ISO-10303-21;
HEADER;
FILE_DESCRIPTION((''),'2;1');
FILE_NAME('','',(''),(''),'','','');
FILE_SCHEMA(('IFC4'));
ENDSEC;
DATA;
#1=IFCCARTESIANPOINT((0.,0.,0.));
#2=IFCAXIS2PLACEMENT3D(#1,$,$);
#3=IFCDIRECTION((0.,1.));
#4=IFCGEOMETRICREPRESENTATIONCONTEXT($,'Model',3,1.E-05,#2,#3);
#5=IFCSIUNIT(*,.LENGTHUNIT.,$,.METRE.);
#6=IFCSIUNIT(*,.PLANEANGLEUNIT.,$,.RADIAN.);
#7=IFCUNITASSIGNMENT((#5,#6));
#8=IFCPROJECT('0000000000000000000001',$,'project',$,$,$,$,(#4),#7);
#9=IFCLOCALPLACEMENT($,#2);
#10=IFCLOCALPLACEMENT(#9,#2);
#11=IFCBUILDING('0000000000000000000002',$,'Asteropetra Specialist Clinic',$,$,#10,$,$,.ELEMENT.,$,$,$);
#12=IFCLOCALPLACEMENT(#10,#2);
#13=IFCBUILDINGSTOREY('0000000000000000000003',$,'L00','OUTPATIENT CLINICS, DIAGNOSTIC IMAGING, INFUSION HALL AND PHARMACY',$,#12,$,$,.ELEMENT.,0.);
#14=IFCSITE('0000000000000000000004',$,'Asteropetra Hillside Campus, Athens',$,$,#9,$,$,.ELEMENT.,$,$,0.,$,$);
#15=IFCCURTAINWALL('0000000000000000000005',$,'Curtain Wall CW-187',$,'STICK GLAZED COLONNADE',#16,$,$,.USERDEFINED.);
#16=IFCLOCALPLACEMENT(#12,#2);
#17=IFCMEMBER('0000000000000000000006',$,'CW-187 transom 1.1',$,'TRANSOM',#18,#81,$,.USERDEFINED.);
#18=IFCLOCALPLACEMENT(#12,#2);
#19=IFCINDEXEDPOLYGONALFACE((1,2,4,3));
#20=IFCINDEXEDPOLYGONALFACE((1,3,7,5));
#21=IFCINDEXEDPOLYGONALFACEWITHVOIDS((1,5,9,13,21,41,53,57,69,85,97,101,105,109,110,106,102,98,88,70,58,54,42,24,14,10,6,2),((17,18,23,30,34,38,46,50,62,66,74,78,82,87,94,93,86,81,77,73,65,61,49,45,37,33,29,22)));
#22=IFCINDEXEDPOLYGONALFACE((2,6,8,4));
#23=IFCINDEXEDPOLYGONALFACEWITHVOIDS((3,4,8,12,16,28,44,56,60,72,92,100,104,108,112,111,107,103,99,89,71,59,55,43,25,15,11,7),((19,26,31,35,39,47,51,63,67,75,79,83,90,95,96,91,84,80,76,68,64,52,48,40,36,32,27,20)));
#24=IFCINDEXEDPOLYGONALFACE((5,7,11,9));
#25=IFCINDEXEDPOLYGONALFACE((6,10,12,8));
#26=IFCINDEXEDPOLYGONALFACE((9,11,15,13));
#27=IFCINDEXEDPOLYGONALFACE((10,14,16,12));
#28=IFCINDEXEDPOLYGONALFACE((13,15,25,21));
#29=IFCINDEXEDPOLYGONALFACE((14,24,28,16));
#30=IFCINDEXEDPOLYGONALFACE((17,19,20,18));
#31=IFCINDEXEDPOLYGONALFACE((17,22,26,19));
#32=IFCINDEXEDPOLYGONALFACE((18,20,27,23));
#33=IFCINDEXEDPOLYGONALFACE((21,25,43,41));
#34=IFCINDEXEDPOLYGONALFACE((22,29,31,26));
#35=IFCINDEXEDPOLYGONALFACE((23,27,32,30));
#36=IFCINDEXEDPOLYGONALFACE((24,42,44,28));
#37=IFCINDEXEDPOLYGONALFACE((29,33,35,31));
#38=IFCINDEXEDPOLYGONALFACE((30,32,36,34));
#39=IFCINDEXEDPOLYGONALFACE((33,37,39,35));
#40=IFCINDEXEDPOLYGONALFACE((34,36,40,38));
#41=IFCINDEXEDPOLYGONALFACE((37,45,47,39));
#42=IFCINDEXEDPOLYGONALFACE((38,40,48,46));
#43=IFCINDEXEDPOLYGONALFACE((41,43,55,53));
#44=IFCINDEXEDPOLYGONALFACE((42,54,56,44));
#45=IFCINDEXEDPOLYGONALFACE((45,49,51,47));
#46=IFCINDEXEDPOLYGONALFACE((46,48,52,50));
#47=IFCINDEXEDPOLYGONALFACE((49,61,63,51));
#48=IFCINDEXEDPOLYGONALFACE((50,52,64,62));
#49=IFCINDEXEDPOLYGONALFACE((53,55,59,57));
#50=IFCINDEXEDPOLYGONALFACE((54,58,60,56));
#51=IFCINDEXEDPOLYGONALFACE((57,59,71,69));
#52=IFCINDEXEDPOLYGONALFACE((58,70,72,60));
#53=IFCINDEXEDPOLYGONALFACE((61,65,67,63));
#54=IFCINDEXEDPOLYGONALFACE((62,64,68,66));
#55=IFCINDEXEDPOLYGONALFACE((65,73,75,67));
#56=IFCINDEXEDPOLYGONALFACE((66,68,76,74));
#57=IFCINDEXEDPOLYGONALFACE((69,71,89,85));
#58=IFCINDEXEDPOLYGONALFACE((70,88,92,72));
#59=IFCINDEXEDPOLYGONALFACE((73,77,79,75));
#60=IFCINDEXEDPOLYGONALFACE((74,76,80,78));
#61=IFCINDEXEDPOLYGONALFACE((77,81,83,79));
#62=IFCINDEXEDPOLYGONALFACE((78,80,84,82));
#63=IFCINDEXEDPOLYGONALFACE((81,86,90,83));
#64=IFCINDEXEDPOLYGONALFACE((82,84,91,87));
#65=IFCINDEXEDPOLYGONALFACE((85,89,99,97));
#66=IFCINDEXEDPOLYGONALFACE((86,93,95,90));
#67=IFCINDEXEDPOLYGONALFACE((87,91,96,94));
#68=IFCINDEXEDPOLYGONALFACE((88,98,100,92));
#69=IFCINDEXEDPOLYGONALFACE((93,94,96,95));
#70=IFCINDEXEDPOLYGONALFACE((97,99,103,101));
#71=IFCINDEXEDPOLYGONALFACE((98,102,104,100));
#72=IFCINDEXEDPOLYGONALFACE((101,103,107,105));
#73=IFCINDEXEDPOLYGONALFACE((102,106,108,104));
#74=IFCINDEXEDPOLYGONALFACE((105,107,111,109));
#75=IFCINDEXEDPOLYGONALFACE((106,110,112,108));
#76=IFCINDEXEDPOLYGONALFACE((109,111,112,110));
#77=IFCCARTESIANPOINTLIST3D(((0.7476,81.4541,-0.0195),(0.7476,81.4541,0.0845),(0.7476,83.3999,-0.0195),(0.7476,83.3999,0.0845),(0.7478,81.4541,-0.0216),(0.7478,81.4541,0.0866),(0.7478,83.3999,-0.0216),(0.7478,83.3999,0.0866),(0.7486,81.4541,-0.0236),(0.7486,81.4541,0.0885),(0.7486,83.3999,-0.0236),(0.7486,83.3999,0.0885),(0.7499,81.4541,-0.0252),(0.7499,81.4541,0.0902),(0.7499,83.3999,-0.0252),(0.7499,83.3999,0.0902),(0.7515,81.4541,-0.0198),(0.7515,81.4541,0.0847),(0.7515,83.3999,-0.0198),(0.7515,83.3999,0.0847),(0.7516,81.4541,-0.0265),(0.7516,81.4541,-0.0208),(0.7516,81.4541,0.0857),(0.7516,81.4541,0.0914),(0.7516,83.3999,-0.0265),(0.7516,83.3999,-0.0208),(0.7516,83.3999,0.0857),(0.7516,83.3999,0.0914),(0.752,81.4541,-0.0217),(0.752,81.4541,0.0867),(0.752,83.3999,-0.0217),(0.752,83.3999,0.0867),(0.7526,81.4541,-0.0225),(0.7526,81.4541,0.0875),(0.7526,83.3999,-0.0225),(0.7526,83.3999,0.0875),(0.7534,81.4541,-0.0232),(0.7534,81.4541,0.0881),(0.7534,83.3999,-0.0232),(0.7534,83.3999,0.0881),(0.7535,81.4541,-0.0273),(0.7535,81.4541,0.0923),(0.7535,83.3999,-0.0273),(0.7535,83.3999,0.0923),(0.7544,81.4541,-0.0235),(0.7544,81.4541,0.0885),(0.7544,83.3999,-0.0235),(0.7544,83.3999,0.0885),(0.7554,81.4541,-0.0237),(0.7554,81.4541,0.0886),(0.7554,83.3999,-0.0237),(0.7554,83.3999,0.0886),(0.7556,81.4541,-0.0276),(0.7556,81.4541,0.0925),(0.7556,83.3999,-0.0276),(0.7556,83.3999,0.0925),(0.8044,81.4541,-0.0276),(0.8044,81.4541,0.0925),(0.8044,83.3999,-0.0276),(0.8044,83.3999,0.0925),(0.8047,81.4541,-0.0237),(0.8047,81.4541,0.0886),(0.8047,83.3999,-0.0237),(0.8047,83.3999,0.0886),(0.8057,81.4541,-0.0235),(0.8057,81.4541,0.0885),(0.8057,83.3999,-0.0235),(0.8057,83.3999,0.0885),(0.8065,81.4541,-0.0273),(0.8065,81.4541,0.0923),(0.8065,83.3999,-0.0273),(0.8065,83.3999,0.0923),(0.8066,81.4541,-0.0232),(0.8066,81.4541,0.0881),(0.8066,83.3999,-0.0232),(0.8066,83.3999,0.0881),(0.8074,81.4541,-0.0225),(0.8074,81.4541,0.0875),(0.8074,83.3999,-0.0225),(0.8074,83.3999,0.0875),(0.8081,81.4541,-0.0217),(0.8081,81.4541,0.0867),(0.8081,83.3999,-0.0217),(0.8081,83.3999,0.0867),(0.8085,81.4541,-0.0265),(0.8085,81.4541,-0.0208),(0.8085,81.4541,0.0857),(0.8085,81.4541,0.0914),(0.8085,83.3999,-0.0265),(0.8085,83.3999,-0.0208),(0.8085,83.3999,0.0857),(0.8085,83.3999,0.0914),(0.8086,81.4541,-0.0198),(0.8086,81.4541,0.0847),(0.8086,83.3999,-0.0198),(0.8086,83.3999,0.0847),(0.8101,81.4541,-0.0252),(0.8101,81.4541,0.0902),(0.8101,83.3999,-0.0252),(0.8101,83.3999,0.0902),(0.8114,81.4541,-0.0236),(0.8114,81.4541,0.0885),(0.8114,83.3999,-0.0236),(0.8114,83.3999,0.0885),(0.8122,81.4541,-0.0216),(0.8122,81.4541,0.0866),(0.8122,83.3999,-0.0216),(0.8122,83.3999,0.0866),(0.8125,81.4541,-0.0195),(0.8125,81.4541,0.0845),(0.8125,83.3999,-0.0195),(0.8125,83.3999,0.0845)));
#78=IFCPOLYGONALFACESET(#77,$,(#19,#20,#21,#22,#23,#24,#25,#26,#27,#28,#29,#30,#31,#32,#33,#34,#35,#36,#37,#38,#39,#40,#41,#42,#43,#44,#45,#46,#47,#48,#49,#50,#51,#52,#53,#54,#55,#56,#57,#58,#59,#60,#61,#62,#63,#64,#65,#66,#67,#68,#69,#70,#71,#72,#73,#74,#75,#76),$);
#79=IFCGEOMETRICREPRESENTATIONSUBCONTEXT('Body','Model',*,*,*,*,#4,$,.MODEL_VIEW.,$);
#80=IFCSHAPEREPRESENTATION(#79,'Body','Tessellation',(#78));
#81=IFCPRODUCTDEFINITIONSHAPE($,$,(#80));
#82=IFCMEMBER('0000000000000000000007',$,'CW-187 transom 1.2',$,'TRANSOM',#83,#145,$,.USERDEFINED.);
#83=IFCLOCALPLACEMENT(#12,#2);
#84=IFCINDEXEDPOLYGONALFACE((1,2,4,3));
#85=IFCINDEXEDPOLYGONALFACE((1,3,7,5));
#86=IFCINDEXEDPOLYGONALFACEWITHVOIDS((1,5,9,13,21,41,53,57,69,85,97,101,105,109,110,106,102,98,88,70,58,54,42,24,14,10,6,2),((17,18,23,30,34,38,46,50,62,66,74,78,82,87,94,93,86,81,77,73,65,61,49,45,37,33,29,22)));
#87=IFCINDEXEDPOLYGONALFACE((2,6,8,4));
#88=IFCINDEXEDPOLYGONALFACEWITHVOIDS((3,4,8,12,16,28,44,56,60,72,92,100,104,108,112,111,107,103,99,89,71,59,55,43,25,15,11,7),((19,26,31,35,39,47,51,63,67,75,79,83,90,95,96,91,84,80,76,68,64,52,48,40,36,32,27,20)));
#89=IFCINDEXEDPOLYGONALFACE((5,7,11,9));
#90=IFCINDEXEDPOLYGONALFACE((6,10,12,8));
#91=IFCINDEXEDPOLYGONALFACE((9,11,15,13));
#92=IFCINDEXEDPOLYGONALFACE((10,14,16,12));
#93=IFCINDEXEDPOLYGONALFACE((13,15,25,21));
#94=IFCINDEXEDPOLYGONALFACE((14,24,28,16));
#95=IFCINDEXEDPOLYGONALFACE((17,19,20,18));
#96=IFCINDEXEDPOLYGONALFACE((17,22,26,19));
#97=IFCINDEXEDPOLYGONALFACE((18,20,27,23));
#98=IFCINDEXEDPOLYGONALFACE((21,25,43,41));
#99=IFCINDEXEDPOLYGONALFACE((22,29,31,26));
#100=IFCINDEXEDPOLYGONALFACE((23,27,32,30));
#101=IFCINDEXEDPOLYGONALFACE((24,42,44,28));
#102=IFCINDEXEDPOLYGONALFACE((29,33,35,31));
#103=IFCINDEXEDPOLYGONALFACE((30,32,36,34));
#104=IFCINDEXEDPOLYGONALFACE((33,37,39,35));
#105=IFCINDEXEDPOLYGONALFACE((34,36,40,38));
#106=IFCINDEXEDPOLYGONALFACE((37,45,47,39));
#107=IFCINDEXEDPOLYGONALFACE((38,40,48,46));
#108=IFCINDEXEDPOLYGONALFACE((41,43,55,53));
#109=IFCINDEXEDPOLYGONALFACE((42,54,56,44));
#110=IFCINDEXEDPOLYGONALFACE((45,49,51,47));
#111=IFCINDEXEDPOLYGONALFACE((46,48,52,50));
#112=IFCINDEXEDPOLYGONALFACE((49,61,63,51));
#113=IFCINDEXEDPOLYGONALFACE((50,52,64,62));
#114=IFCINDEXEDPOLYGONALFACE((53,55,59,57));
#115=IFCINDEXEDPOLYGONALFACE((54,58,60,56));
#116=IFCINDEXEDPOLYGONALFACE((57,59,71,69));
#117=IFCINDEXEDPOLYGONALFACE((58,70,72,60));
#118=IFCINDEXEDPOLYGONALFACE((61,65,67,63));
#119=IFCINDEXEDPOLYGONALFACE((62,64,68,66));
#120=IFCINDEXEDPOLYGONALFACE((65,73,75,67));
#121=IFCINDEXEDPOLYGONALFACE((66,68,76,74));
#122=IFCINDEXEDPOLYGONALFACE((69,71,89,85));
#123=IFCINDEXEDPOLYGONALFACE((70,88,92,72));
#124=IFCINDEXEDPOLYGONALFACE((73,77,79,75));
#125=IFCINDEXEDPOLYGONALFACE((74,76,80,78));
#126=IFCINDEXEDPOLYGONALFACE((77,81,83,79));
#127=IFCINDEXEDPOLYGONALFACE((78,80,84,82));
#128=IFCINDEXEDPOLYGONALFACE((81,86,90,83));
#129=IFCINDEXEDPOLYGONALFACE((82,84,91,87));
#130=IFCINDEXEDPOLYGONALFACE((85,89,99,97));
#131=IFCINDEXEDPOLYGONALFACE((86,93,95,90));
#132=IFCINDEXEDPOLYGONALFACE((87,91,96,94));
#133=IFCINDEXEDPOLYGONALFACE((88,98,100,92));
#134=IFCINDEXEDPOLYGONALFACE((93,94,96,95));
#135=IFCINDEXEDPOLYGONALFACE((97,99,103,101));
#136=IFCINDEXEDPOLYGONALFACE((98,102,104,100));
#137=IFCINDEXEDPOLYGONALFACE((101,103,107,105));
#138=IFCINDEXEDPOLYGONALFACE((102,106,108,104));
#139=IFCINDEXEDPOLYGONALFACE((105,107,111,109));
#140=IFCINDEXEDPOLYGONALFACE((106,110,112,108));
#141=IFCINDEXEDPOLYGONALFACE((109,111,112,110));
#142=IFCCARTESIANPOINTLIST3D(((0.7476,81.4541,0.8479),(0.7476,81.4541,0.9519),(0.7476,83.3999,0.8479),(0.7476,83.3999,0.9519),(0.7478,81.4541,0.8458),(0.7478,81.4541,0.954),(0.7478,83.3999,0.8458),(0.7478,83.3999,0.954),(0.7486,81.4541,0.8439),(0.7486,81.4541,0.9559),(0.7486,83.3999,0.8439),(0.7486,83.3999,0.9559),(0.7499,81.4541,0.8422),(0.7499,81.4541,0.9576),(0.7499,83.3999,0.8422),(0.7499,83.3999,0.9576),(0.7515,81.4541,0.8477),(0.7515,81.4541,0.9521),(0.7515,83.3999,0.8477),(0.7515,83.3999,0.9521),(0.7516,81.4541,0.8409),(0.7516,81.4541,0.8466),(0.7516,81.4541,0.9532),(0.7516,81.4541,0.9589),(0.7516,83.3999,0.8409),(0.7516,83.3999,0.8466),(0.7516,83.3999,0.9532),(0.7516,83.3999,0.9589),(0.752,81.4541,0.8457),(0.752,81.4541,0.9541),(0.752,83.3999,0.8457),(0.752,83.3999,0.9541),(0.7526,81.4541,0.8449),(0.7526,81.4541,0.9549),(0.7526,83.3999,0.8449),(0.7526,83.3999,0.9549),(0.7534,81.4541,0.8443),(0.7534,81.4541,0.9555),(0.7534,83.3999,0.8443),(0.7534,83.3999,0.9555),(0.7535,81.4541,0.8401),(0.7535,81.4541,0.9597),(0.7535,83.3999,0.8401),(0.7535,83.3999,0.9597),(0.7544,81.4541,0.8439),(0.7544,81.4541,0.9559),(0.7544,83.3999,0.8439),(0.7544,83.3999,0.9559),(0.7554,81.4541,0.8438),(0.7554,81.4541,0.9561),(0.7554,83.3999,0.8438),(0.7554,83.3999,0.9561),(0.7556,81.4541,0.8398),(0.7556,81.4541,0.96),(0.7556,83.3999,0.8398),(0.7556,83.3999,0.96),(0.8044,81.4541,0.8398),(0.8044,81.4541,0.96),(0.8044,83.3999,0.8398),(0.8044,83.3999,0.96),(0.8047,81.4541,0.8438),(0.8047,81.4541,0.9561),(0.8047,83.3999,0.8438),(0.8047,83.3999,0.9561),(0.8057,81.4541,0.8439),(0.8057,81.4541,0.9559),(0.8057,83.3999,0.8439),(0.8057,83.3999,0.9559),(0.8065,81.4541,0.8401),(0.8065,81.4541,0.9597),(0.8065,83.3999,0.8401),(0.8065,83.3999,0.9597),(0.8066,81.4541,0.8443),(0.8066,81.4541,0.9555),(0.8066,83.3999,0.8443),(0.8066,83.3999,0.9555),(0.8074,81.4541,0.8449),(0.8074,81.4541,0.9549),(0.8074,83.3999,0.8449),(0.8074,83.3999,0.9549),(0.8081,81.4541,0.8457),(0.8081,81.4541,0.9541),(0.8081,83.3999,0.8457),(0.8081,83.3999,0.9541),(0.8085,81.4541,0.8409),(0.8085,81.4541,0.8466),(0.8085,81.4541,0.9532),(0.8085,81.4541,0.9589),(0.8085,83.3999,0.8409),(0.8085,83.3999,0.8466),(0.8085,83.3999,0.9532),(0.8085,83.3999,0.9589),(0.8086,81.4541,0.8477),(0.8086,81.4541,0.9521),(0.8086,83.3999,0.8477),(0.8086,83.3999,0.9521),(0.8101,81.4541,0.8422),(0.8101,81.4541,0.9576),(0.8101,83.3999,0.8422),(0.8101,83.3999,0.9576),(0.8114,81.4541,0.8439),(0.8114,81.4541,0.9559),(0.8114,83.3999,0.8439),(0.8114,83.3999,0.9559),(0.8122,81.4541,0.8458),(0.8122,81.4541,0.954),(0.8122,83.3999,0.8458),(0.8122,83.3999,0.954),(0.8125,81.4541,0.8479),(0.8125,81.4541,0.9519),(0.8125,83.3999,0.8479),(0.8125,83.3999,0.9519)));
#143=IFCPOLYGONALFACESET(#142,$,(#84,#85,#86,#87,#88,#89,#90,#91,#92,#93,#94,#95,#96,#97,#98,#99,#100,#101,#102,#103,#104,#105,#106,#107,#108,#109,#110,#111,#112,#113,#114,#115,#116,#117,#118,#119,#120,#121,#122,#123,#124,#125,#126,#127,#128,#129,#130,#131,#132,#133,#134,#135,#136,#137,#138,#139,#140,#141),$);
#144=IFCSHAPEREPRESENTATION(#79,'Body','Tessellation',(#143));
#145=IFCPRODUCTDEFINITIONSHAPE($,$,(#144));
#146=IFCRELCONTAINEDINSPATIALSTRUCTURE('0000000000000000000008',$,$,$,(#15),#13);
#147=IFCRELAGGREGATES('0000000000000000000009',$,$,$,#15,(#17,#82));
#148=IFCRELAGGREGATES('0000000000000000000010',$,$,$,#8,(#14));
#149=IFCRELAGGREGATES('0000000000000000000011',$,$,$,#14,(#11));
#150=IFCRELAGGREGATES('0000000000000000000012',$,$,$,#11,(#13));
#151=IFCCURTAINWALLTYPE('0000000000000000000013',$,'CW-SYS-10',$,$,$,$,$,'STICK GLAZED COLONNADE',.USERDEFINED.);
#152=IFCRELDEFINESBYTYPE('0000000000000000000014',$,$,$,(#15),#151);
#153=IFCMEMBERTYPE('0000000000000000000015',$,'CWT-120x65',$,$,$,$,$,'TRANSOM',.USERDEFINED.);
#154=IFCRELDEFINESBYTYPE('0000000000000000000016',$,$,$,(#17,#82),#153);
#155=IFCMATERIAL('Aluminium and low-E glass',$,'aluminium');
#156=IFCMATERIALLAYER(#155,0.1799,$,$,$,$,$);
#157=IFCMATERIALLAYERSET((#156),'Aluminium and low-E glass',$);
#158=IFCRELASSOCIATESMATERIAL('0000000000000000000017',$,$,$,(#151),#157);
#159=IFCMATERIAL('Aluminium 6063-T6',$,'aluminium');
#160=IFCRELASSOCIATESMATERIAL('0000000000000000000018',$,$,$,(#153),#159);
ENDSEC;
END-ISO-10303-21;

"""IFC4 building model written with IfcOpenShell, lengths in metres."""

from ifc_helpers import new_model, si_unit, direction, frame, origin, origin_2d, place, context, subcontext, project, spatial, hollow_rectangle, extrude, material, layer, layer_set, material_profile, profile_set, type_object, element, aggregate, save


model = new_model("IFC4")

# Units and contexts
model_context = context("Model", 3, precision=1e-05, world=origin(), true_north=direction((0.0, 1.0)))
body_context = subcontext(model_context, "Body", "Model", "MODEL_VIEW")
ifc_project = project(units=[si_unit("LENGTHUNIT", "METRE"), si_unit("PLANEANGLEUNIT", "RADIAN")], contexts=[model_context])

# Site, building, storey
site_placement = place(None, origin())
site = spatial("IfcSite", under=ifc_project, at=site_placement, Name="Asteropetra Hillside Campus, Athens", CompositionType="ELEMENT", RefElevation=0.0)
building_placement = place(site_placement, origin())
building = spatial("IfcBuilding", under=site, at=building_placement, Name="Asteropetra Specialist Clinic", CompositionType="ELEMENT")
storey_placement = place(building_placement, origin())
storey = spatial("IfcBuildingStorey", under=building, at=storey_placement, Name="L00", Description="OUTPATIENT CLINICS, DIAGNOSTIC IMAGING, INFUSION HALL AND PHARMACY", CompositionType="ELEMENT", Elevation=0.0)

# Curtain wall, members
ifc_material_1 = material(Name="Aluminium and low-E glass", Category="aluminium")
ifc_layer_1 = layer(ifc_material_1, 0.1799)
ifc_layer_set_1 = layer_set([ifc_layer_1], Name="Aluminium and low-E glass")
curtain_wall_type = type_object("IfcCurtainWallType", Name="CW-SYS-10", ElementType="STICK GLAZED COLONNADE", PredefinedType="USERDEFINED", material=ifc_layer_set_1)
curtain_wall_placement = place(storey_placement, origin())
curtain_wall = element("IfcCurtainWall", 1, at=curtain_wall_placement, inside=storey, type_object=curtain_wall_type, Name="Curtain Wall CW-187", ObjectType="STICK GLAZED COLONNADE", PredefinedType="USERDEFINED")
ifc_material_2 = material(Name="Aluminium 6063-T6", Category="aluminium")
ifc_material_profile_1 = material_profile(ifc_material_2, hollow_rectangle(XDim=0.0649, YDim=0.1201, WallThickness=0.0039, InnerFilletRadius=0.0039, OuterFilletRadius=0.0081, at=origin_2d()), Name="TRN 120x65x4.0")
ifc_profile_set_1 = profile_set([ifc_material_profile_1], Name="Aluminium 6063-T6")
member_type_1 = type_object("IfcMemberType", Name="CWT-120x65", ElementType="TRANSOM", PredefinedType="USERDEFINED", material=ifc_profile_set_1)
member_1_placement = place(storey_placement, frame((0.78, 83.3999, 0.0325), z_axis=(0.0, -1.0, 0.0), x_axis=(1.0, 0.0, 0.0)))
member_1 = element("IfcMember", 2, at=member_1_placement, type_object=member_type_1, Name="CW-187 transom 1.1", ObjectType="TRANSOM", PredefinedType="USERDEFINED", context=body_context, shape_type="SweptSolid", body=[
    extrude(hollow_rectangle(XDim=0.0649, YDim=0.1201, WallThickness=0.0039, InnerFilletRadius=0.0039, OuterFilletRadius=0.0081, at=origin_2d()), origin(), (0.0, 0.0, 1.0), 1.9458),
])
member_2_placement = place(storey_placement, frame((0.78, 83.3999, 0.8999), z_axis=(0.0, -1.0, 0.0), x_axis=(1.0, 0.0, 0.0)))
member_2 = element("IfcMember", 3, at=member_2_placement, type_object=member_type_1, Name="CW-187 transom 1.2", ObjectType="TRANSOM", PredefinedType="USERDEFINED", context=body_context, shape_type="SweptSolid", body=[
    extrude(hollow_rectangle(XDim=0.0649, YDim=0.1201, WallThickness=0.0039, InnerFilletRadius=0.0039, OuterFilletRadius=0.0081, at=origin_2d()), origin(), (0.0, 0.0, 1.0), 1.9458),
])
aggregate(curtain_wall, [member_1, member_2])

save(model, "model.ifc")
